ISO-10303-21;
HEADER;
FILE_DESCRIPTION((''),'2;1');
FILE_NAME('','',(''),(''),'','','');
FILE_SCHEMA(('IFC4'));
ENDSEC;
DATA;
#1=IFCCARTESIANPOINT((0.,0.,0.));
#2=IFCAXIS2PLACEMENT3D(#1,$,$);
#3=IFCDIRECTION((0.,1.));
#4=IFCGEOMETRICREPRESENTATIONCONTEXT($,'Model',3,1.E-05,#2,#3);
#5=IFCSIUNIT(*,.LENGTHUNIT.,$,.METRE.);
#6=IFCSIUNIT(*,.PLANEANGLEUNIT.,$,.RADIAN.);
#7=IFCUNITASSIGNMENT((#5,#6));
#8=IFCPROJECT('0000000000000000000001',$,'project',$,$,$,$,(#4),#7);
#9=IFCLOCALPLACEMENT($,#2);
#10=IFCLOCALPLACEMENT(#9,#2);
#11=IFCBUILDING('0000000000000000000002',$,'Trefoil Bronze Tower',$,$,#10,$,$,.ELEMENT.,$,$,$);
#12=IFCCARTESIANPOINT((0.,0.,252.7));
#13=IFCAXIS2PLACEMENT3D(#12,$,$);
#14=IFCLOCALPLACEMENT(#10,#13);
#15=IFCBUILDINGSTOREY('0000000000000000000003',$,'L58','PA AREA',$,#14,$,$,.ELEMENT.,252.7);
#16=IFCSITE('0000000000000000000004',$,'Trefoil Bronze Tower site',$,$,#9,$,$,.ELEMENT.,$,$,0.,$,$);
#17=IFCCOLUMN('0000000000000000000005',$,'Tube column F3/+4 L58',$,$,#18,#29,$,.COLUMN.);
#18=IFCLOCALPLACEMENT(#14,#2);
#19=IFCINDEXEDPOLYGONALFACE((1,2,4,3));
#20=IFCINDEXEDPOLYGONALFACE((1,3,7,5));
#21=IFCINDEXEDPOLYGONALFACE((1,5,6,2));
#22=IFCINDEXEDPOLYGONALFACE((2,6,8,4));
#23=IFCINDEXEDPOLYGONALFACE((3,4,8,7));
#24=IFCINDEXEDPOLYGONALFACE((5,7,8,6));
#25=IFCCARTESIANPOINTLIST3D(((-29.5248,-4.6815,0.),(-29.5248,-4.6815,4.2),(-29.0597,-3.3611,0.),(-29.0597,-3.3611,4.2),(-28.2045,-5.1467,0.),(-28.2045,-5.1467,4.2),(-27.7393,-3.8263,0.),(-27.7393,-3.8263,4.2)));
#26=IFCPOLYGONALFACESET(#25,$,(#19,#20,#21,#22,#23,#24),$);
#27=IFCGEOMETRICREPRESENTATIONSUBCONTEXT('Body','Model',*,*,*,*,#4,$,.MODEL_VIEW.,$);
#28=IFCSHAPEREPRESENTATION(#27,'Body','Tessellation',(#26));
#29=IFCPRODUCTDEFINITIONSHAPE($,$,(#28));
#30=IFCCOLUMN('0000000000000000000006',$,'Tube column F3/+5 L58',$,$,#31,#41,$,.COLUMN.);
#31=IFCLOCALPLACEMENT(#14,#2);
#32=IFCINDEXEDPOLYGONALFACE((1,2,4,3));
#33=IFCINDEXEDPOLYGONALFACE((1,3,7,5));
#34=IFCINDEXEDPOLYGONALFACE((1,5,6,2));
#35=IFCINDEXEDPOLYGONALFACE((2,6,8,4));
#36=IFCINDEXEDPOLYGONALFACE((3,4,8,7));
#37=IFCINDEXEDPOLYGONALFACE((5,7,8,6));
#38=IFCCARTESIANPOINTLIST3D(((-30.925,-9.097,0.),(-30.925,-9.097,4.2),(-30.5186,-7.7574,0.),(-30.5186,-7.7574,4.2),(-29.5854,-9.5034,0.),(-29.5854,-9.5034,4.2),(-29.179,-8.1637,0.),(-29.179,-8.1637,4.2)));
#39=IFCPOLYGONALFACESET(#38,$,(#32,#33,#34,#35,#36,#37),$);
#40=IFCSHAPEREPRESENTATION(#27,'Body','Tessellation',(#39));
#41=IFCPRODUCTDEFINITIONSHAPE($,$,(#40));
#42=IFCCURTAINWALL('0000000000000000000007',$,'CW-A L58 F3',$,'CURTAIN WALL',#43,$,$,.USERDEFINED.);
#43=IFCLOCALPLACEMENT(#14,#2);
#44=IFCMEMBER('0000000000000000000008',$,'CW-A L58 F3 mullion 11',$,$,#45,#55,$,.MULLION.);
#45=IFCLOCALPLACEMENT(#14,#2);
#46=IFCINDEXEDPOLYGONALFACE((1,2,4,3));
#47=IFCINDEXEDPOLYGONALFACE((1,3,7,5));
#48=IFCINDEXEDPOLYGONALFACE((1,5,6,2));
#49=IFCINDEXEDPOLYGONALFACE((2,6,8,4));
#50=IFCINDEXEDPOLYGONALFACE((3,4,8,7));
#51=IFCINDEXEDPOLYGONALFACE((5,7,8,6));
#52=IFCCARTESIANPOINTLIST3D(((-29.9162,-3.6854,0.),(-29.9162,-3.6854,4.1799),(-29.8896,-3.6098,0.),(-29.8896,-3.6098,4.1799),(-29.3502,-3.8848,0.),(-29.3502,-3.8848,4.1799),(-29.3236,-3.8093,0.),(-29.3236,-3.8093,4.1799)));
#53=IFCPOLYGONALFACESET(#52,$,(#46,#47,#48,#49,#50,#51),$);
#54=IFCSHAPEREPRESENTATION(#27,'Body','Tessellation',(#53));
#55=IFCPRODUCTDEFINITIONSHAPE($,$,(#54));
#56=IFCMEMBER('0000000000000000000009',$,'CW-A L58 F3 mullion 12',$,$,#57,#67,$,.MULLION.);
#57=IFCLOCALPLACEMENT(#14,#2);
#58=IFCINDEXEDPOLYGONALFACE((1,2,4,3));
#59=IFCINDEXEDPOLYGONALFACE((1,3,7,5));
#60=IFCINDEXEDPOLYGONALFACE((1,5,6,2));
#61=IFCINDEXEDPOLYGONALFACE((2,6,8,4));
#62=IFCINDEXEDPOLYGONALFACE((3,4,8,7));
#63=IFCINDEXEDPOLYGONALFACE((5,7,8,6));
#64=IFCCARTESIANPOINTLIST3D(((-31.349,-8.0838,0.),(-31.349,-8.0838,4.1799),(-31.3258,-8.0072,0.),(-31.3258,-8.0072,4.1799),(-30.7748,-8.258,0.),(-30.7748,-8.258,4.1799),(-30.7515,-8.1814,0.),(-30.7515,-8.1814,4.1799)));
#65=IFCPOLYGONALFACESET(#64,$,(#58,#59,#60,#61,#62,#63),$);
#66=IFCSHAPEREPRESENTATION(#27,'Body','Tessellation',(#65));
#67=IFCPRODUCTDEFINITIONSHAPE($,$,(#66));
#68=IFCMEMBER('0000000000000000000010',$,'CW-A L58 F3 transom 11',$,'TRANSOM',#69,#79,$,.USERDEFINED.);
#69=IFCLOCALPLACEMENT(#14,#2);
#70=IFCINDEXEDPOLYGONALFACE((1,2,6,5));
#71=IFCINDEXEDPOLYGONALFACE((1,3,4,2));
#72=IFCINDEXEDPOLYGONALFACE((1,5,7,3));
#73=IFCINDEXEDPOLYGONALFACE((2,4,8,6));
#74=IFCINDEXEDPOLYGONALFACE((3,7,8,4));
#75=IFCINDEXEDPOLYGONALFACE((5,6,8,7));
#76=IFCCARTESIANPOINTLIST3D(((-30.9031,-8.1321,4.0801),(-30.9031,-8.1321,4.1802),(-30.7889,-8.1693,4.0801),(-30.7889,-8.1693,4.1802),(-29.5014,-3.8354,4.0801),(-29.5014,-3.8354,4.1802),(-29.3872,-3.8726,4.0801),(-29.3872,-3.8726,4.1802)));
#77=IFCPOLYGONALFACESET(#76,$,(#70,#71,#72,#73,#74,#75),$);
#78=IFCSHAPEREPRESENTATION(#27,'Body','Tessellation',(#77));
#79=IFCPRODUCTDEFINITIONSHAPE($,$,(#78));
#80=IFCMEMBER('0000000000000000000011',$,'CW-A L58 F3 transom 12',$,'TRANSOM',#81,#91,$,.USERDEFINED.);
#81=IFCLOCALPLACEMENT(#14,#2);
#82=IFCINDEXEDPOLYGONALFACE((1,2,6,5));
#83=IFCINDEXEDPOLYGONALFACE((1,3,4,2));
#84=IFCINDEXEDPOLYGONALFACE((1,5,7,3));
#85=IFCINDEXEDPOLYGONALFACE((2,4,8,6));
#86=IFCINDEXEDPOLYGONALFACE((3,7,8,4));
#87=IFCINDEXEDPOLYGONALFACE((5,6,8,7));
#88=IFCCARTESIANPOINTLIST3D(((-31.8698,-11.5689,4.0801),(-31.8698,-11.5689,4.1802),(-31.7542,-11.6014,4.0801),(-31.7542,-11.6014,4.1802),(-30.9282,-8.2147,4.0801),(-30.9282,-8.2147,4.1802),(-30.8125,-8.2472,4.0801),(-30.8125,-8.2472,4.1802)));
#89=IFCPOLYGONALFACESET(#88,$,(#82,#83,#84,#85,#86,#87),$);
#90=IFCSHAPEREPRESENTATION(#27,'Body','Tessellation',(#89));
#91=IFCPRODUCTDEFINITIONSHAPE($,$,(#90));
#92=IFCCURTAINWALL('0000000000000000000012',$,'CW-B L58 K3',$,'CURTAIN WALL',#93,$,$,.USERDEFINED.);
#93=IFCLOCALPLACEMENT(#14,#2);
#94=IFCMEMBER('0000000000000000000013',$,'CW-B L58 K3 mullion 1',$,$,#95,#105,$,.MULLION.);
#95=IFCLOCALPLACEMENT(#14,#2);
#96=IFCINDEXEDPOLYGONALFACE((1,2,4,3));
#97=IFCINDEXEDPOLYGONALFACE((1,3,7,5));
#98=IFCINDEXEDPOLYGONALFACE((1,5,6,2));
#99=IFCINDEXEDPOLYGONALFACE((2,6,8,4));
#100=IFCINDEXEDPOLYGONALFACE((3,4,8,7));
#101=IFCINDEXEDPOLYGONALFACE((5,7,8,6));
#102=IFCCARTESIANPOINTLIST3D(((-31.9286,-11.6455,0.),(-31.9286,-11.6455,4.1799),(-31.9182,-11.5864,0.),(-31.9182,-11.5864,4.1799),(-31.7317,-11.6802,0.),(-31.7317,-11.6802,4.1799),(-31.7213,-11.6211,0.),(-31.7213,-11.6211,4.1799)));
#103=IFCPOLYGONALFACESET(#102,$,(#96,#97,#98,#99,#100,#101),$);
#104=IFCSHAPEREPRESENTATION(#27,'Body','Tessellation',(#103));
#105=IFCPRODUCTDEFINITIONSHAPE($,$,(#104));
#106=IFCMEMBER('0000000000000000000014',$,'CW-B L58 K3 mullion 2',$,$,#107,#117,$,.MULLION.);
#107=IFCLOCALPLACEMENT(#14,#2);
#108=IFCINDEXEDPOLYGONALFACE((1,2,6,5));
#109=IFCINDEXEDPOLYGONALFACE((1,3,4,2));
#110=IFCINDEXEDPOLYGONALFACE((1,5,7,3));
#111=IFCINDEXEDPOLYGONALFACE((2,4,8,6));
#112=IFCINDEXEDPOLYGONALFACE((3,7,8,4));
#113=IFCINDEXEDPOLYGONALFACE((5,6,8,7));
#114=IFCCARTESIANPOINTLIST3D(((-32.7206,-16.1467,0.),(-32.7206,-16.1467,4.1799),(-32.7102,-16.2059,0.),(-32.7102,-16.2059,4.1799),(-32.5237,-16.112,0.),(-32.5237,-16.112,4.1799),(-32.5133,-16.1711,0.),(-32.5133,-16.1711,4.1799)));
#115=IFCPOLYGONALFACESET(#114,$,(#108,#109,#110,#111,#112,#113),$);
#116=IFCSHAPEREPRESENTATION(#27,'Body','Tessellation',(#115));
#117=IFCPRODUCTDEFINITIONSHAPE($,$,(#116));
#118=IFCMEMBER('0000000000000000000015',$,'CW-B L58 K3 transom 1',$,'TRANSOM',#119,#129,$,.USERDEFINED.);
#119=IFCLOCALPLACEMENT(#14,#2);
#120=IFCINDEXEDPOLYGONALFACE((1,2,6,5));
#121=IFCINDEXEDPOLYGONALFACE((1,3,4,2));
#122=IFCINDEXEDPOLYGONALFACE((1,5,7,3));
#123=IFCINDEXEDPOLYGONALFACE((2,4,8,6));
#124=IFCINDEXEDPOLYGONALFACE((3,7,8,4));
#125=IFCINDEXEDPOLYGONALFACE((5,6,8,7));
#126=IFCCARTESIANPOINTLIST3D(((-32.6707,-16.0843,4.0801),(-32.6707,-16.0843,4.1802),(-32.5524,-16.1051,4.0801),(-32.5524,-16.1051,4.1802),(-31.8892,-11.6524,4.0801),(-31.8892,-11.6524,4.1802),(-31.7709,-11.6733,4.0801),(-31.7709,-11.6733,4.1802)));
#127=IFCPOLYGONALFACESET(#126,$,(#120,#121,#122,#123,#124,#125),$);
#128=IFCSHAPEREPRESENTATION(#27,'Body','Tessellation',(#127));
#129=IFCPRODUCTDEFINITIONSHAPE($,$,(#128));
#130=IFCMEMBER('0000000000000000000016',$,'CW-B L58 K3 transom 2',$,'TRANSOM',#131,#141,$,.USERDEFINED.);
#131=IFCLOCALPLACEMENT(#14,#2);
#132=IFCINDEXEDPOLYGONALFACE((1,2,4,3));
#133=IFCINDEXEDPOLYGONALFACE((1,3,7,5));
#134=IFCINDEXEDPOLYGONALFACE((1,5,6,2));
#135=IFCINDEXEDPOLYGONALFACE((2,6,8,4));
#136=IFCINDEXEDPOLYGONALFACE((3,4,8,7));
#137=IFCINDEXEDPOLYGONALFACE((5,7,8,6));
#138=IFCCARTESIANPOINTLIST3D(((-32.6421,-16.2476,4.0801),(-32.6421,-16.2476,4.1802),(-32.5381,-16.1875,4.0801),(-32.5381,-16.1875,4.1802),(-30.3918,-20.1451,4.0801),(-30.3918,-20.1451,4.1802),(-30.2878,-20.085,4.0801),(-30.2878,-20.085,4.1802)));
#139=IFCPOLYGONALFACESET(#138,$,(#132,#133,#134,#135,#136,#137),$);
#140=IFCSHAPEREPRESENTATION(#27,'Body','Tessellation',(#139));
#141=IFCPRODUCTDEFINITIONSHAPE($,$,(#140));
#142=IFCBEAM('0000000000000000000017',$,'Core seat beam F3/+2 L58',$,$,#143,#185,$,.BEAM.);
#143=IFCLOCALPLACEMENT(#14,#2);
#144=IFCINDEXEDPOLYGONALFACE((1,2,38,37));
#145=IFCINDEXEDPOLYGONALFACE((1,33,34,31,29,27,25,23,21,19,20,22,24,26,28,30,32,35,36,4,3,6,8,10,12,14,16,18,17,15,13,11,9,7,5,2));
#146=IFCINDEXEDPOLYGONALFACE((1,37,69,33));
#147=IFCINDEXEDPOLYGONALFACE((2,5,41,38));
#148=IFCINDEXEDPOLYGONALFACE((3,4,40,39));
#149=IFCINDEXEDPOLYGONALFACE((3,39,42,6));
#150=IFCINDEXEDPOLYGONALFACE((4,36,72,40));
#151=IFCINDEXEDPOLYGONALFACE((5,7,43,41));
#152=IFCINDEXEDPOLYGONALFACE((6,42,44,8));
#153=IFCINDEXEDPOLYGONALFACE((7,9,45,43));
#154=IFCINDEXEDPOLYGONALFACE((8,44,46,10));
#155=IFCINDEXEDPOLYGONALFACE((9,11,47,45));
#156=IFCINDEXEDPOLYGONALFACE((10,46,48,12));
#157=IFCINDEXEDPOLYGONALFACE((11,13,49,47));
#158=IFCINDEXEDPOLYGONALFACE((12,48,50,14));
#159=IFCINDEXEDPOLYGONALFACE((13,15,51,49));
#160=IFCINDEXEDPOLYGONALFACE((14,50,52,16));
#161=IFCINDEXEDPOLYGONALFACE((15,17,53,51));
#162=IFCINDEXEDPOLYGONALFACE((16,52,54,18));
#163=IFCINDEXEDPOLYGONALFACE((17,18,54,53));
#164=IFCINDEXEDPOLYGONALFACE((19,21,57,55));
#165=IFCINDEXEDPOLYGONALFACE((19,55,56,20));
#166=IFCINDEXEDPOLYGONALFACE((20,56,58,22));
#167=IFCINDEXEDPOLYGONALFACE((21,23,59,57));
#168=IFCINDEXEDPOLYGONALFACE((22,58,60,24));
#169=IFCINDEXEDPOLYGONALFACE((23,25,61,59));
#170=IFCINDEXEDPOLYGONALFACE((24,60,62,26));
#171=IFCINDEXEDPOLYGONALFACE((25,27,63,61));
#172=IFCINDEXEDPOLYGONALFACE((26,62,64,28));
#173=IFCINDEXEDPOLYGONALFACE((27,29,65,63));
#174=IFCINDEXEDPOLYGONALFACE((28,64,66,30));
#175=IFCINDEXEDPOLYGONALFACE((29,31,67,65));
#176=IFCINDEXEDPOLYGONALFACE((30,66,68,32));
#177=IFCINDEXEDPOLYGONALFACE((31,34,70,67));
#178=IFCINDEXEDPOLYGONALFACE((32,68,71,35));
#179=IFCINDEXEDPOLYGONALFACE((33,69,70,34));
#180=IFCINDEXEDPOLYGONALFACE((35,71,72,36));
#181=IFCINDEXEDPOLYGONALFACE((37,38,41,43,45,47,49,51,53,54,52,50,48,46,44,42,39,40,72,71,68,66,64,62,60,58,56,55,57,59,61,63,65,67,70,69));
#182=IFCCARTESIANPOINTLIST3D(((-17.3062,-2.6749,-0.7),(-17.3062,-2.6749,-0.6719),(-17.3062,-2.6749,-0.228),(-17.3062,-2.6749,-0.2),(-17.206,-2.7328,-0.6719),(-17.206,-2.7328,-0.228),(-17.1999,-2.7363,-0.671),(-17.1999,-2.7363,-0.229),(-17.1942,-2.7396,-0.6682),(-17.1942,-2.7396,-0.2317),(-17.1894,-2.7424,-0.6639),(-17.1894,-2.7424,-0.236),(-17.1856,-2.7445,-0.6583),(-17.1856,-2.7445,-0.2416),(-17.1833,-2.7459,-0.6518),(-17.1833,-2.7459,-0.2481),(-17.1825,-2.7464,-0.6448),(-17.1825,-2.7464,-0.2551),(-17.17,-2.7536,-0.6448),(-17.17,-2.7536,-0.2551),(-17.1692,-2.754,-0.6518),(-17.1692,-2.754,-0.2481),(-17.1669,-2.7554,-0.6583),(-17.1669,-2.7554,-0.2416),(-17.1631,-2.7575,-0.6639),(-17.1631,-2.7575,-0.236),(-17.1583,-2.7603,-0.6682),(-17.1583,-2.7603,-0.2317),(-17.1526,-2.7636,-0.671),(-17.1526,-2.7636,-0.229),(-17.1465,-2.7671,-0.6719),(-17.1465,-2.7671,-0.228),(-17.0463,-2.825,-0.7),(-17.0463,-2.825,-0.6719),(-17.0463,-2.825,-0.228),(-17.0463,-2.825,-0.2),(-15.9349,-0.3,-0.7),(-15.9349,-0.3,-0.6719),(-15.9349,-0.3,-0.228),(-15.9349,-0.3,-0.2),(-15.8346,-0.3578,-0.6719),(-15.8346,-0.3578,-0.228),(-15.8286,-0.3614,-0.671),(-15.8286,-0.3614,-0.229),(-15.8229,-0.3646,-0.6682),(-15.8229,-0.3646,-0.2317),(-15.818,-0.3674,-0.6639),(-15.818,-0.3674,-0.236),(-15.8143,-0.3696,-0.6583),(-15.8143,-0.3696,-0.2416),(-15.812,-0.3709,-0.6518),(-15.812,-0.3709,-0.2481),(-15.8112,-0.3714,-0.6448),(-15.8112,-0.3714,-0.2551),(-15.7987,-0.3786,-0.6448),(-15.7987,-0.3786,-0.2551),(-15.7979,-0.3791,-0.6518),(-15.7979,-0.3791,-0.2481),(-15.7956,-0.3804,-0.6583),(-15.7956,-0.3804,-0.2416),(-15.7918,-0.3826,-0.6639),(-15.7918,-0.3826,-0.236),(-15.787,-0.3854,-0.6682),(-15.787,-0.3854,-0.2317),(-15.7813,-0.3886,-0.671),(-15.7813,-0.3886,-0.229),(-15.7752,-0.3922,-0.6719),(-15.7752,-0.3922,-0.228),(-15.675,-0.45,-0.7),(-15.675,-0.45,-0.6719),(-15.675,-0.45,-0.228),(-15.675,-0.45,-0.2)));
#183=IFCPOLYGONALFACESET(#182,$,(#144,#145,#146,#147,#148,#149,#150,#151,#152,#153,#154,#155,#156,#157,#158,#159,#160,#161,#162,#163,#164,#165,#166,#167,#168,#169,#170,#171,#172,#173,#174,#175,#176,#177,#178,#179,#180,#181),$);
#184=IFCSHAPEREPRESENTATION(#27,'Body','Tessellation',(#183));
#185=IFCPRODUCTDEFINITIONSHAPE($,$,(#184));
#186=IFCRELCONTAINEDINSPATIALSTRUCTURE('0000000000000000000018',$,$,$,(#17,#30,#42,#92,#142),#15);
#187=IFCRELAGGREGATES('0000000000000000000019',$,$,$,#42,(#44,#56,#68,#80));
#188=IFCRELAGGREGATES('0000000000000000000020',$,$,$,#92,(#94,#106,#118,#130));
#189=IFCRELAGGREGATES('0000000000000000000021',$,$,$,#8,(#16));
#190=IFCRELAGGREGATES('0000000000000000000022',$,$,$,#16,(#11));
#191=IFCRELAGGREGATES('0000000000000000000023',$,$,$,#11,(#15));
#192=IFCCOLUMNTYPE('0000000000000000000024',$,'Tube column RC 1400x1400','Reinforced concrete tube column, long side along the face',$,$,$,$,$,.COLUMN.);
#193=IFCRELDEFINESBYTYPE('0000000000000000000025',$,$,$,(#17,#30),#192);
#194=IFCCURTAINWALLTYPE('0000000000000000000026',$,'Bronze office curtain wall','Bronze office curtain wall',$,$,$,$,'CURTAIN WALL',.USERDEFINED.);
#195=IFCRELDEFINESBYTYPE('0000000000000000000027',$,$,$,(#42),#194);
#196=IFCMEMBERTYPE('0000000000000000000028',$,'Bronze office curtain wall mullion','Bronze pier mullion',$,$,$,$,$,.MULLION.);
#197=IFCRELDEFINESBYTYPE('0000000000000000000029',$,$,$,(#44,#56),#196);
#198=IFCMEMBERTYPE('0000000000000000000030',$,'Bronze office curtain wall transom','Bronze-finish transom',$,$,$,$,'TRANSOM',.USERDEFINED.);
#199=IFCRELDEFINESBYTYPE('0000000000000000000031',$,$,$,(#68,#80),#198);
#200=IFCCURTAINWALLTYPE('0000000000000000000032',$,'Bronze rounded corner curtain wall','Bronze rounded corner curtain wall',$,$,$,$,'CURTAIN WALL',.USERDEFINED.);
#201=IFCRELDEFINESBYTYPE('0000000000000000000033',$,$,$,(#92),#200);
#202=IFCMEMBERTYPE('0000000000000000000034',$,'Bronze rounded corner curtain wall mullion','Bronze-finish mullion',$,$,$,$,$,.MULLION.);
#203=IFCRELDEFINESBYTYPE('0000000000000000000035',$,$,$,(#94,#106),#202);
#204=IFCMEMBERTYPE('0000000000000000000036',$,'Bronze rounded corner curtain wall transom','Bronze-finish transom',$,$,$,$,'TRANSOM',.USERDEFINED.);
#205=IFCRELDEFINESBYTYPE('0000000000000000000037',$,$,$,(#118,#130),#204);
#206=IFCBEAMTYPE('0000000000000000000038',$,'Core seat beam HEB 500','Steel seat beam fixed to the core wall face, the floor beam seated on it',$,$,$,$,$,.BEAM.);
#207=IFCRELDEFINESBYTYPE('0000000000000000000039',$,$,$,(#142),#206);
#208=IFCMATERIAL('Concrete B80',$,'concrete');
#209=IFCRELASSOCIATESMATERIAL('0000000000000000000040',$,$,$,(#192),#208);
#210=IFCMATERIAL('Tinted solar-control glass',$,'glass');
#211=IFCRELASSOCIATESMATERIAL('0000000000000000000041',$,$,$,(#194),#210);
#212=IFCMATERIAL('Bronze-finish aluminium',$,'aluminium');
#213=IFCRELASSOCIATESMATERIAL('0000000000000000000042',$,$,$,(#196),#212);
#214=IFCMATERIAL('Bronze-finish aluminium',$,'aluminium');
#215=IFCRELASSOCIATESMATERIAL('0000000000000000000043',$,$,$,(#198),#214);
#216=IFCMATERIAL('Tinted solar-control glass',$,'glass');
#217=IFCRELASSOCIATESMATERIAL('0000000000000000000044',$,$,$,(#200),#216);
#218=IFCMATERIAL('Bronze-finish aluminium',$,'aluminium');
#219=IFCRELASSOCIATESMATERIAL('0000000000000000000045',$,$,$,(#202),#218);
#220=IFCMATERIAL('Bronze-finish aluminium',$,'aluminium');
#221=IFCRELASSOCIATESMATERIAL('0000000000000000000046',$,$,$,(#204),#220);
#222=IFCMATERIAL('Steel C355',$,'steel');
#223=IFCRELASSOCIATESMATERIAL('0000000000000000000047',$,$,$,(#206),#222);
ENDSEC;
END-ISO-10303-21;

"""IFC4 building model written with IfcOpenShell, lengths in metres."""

from ifc_helpers import new_model, si_unit, direction, frame, origin, origin_2d, place, context, subcontext, project, spatial, rectangle, i_section, extrude, material, material_profile, profile_set, type_object, element, aggregate, save


model = new_model("IFC4")

# Units and contexts
model_context = context("Model", 3, precision=1e-05, world=origin(), true_north=direction((0.0, 1.0)))
body_context = subcontext(model_context, "Body", "Model", "MODEL_VIEW")
ifc_project = project(units=[si_unit("LENGTHUNIT", "METRE"), si_unit("PLANEANGLEUNIT", "RADIAN")], contexts=[model_context])

# Site, building, storey
site_placement = place(None, origin())
site = spatial("IfcSite", under=ifc_project, at=site_placement, Name="Trefoil Bronze Tower site", CompositionType="ELEMENT", RefElevation=0.0)
building_placement = place(site_placement, origin())
building = spatial("IfcBuilding", under=site, at=building_placement, Name="Trefoil Bronze Tower", CompositionType="ELEMENT")
storey_placement = place(building_placement, frame((0.0, 0.0, 252.7)))
storey = spatial("IfcBuildingStorey", under=building, at=storey_placement, Name="L58", Description="PA AREA", CompositionType="ELEMENT", Elevation=252.7)

# Columns
ifc_material_1 = material(Name="Concrete B80", Category="concrete")
ifc_material_profile_1 = material_profile(ifc_material_1, rectangle(XDim=1.3999, YDim=1.3999, at=origin_2d()), Name="RC 1400x1400")
ifc_profile_set_1 = profile_set([ifc_material_profile_1], Name="Concrete B80")
column_type = type_object("IfcColumnType", Name="Tube column RC 1400x1400", Description="Reinforced concrete tube column, long side along the face", PredefinedType="COLUMN", material=ifc_profile_set_1)
for number, where, z_axis, x_axis, name in (
    (1, (-28.6321, -4.2539, 0.0), (0.0, 0.0, 1.0), (-0.332282, -0.94318, 0.0), "Tube column F3/+4 L58"),
    (2, (-30.052, -8.6304, 0.0), (0.0, 0.0, 1.0), (-0.290278, -0.956942, 0.0), "Tube column F3/+5 L58"),
):
    element("IfcColumn", number, at=place(storey_placement, frame(where, z_axis=z_axis, x_axis=x_axis)), inside=storey, type_object=column_type, Name=name, PredefinedType="COLUMN", context=body_context, shape_type="SweptSolid", body=[
        extrude(rectangle(XDim=1.3999, YDim=1.3999, at=origin_2d()), origin(), (0.0, 0.0, 1.0), 4.2),
    ])

# Curtain walls, members
ifc_material_2 = material(Name="Tinted solar-control glass", Category="glass")
curtain_wall_type_1 = type_object("IfcCurtainWallType", Name="Bronze office curtain wall", Description="Bronze office curtain wall", ElementType="CURTAIN WALL", PredefinedType="USERDEFINED", material=ifc_material_2)
curtain_wall_1_placement = place(storey_placement, origin())
curtain_wall_1 = element("IfcCurtainWall", 3, at=curtain_wall_1_placement, inside=storey, type_object=curtain_wall_type_1, Name="CW-A L58 F3", ObjectType="CURTAIN WALL", PredefinedType="USERDEFINED")
ifc_material_3 = material(Name="Bronze-finish aluminium", Category="aluminium")
ifc_material_profile_2 = material_profile(ifc_material_3, rectangle(XDim=0.6001, YDim=0.0801, at=origin_2d()), Name="CW-A mullion")
ifc_profile_set_2 = profile_set([ifc_material_profile_2], Name="Bronze-finish aluminium")
member_type_1 = type_object("IfcMemberType", Name="Bronze office curtain wall mullion", Description="Bronze pier mullion", PredefinedType="MULLION", material=ifc_profile_set_2)
member_1_placement = place(storey_placement, frame((-29.6199, -3.7473, 0.0), z_axis=(0.0, 0.0, 1.0), x_axis=(0.94318, -0.332282, 0.0)))
member_1 = element("IfcMember", 4, at=member_1_placement, type_object=member_type_1, Name="CW-A L58 F3 mullion 11", PredefinedType="MULLION", context=body_context, shape_type="SweptSolid", body=[
    extrude(rectangle(XDim=0.6001, YDim=0.0801, at=origin_2d()), origin(), (0.0, 0.0, 1.0), 4.1799),
])
member_2_placement = place(storey_placement, frame((-31.0503, -8.1326, 0.0), z_axis=(0.0, 0.0, 1.0), x_axis=(0.956942, -0.290278, 0.0)))
member_2 = element("IfcMember", 5, at=member_2_placement, type_object=member_type_1, Name="CW-A L58 F3 mullion 12", PredefinedType="MULLION", context=body_context, shape_type="SweptSolid", body=[
    extrude(rectangle(XDim=0.6001, YDim=0.0801, at=origin_2d()), origin(), (0.0, 0.0, 1.0), 4.1799),
])
ifc_material_4 = material(Name="Bronze-finish aluminium", Category="aluminium")
ifc_material_profile_3 = material_profile(ifc_material_4, rectangle(XDim=0.1201, YDim=0.1001, at=origin_2d()), Name="CW-A transom")
ifc_profile_set_3 = profile_set([ifc_material_profile_3], Name="Bronze-finish aluminium")
member_type_2 = type_object("IfcMemberType", Name="Bronze office curtain wall transom", Description="Bronze-finish transom", ElementType="TRANSOM", PredefinedType="USERDEFINED", material=ifc_profile_set_3)
member_3_placement = place(storey_placement, frame((-29.4443, -3.854, 4.1301), z_axis=(-0.310128, -0.950695, 0.0), x_axis=(0.950695, -0.310128, 0.0)))
member_3 = element("IfcMember", 6, at=member_3_placement, type_object=member_type_2, Name="CW-A L58 F3 transom 11", ObjectType="TRANSOM", PredefinedType="USERDEFINED", context=body_context, shape_type="SweptSolid", body=[
    extrude(rectangle(XDim=0.1201, YDim=0.1001, at=origin_2d()), origin(), (0.0, 0.0, 1.0), 4.5195),
])
member_4_placement = place(storey_placement, frame((-30.8704, -8.231, 4.1301), z_axis=(-0.270285, -0.96278, 0.0), x_axis=(0.96278, -0.270285, 0.0)))
member_4 = element("IfcMember", 7, at=member_4_placement, type_object=member_type_2, Name="CW-A L58 F3 transom 12", ObjectType="TRANSOM", PredefinedType="USERDEFINED", context=body_context, shape_type="SweptSolid", body=[
    extrude(rectangle(XDim=0.1201, YDim=0.1001, at=origin_2d()), origin(), (0.0, 0.0, 1.0), 3.4839),
])
ifc_material_5 = material(Name="Tinted solar-control glass", Category="glass")
curtain_wall_type_2 = type_object("IfcCurtainWallType", Name="Bronze rounded corner curtain wall", Description="Bronze rounded corner curtain wall", ElementType="CURTAIN WALL", PredefinedType="USERDEFINED", material=ifc_material_5)
curtain_wall_2_placement = place(storey_placement, origin())
curtain_wall_2 = element("IfcCurtainWall", 8, at=curtain_wall_2_placement, inside=storey, type_object=curtain_wall_type_2, Name="CW-B L58 K3", ObjectType="CURTAIN WALL", PredefinedType="USERDEFINED")
ifc_material_6 = material(Name="Bronze-finish aluminium", Category="aluminium")
ifc_material_profile_4 = material_profile(ifc_material_6, rectangle(XDim=0.2, YDim=0.0601, at=origin_2d()), Name="CW-B mullion")
ifc_profile_set_4 = profile_set([ifc_material_profile_4], Name="Bronze-finish aluminium")
member_type_3 = type_object("IfcMemberType", Name="Bronze rounded corner curtain wall mullion", Description="Bronze-finish mullion", PredefinedType="MULLION", material=ifc_profile_set_4)
member_5_placement = place(storey_placement, frame((-31.825, -11.6333, 0.0), z_axis=(0.0, 0.0, 1.0), x_axis=(0.984808, -0.173648, 0.0)))
member_5 = element("IfcMember", 9, at=member_5_placement, type_object=member_type_3, Name="CW-B L58 K3 mullion 1", PredefinedType="MULLION", context=body_context, shape_type="SweptSolid", body=[
    extrude(rectangle(XDim=0.2, YDim=0.0601, at=origin_2d()), origin(), (0.0, 0.0, 1.0), 4.1799),
])
member_6_placement = place(storey_placement, frame((-32.6169, -16.1589, 0.0), z_axis=(0.0, 0.0, 1.0), x_axis=(0.984808, 0.173648, 0.0)))
member_6 = element("IfcMember", 10, at=member_6_placement, type_object=member_type_3, Name="CW-B L58 K3 mullion 2", PredefinedType="MULLION", context=body_context, shape_type="SweptSolid", body=[
    extrude(rectangle(XDim=0.2, YDim=0.0601, at=origin_2d()), origin(), (0.0, 0.0, 1.0), 4.1799),
])
ifc_material_7 = material(Name="Bronze-finish aluminium", Category="aluminium")
ifc_material_profile_5 = material_profile(ifc_material_7, rectangle(XDim=0.1201, YDim=0.1001, at=origin_2d()), Name="CW-B transom")
ifc_profile_set_5 = profile_set([ifc_material_profile_5], Name="Bronze-finish aluminium")
member_type_4 = type_object("IfcMemberType", Name="Bronze rounded corner curtain wall transom", Description="Bronze-finish transom", ElementType="TRANSOM", PredefinedType="USERDEFINED", material=ifc_profile_set_5)
member_7_placement = place(storey_placement, frame((-31.8301, -11.6628, 4.1301), z_axis=(-0.173655, -0.984806, 0.0), x_axis=(0.984806, -0.173655, 0.0)))
member_7 = element("IfcMember", 11, at=member_7_placement, type_object=member_type_4, Name="CW-B L58 K3 transom 1", ObjectType="TRANSOM", PredefinedType="USERDEFINED", context=body_context, shape_type="SweptSolid", body=[
    extrude(rectangle(XDim=0.1201, YDim=0.1001, at=origin_2d()), origin(), (0.0, 0.0, 1.0), 4.5002),
])
member_8_placement = place(storey_placement, frame((-32.5901, -16.2175, 4.1301), z_axis=(0.500007, -0.866021, 0.0), x_axis=(0.866021, 0.500007, 0.0)))
member_8 = element("IfcMember", 12, at=member_8_placement, type_object=member_type_4, Name="CW-B L58 K3 transom 2", ObjectType="TRANSOM", PredefinedType="USERDEFINED", context=body_context, shape_type="SweptSolid", body=[
    extrude(rectangle(XDim=0.1201, YDim=0.1001, at=origin_2d()), origin(), (0.0, 0.0, 1.0), 4.5005),
])

# Beam
ifc_material_8 = material(Name="Steel C355", Category="steel")
ifc_material_profile_6 = material_profile(ifc_material_8, i_section(OverallWidth=0.3, OverallDepth=0.5, WebThickness=0.0144, FlangeThickness=0.0281, FilletRadius=0.0271, at=origin_2d()), Name="HEB 500")
ifc_profile_set_6 = profile_set([ifc_material_profile_6], Name="Steel C355")
beam_type_1 = type_object("IfcBeamType", Name="Core seat beam HEB 500", Description="Steel seat beam fixed to the core wall face, the floor beam seated on it", PredefinedType="BEAM", material=ifc_profile_set_6)
beam_1_placement = place(storey_placement, frame((-15.8049, -0.375, -0.45), z_axis=(-0.500036, -0.866005, 0.0), x_axis=(0.866005, -0.500036, 0.0)))
element("IfcBeam", 13, at=beam_1_placement, inside=storey, type_object=beam_type_1, Name="Core seat beam F3/+2 L58", PredefinedType="BEAM", context=body_context, shape_type="SweptSolid", body=[
    extrude(i_section(OverallWidth=0.3, OverallDepth=0.5, WebThickness=0.0144, FlangeThickness=0.0281, FilletRadius=0.0271, at=origin_2d()), origin(), (0.0, 0.0, 1.0), 2.7424),
])

aggregate(curtain_wall_1, [member_1, member_2, member_3, member_4])
aggregate(curtain_wall_2, [member_5, member_6, member_7, member_8])

save(model, "model.ifc")
